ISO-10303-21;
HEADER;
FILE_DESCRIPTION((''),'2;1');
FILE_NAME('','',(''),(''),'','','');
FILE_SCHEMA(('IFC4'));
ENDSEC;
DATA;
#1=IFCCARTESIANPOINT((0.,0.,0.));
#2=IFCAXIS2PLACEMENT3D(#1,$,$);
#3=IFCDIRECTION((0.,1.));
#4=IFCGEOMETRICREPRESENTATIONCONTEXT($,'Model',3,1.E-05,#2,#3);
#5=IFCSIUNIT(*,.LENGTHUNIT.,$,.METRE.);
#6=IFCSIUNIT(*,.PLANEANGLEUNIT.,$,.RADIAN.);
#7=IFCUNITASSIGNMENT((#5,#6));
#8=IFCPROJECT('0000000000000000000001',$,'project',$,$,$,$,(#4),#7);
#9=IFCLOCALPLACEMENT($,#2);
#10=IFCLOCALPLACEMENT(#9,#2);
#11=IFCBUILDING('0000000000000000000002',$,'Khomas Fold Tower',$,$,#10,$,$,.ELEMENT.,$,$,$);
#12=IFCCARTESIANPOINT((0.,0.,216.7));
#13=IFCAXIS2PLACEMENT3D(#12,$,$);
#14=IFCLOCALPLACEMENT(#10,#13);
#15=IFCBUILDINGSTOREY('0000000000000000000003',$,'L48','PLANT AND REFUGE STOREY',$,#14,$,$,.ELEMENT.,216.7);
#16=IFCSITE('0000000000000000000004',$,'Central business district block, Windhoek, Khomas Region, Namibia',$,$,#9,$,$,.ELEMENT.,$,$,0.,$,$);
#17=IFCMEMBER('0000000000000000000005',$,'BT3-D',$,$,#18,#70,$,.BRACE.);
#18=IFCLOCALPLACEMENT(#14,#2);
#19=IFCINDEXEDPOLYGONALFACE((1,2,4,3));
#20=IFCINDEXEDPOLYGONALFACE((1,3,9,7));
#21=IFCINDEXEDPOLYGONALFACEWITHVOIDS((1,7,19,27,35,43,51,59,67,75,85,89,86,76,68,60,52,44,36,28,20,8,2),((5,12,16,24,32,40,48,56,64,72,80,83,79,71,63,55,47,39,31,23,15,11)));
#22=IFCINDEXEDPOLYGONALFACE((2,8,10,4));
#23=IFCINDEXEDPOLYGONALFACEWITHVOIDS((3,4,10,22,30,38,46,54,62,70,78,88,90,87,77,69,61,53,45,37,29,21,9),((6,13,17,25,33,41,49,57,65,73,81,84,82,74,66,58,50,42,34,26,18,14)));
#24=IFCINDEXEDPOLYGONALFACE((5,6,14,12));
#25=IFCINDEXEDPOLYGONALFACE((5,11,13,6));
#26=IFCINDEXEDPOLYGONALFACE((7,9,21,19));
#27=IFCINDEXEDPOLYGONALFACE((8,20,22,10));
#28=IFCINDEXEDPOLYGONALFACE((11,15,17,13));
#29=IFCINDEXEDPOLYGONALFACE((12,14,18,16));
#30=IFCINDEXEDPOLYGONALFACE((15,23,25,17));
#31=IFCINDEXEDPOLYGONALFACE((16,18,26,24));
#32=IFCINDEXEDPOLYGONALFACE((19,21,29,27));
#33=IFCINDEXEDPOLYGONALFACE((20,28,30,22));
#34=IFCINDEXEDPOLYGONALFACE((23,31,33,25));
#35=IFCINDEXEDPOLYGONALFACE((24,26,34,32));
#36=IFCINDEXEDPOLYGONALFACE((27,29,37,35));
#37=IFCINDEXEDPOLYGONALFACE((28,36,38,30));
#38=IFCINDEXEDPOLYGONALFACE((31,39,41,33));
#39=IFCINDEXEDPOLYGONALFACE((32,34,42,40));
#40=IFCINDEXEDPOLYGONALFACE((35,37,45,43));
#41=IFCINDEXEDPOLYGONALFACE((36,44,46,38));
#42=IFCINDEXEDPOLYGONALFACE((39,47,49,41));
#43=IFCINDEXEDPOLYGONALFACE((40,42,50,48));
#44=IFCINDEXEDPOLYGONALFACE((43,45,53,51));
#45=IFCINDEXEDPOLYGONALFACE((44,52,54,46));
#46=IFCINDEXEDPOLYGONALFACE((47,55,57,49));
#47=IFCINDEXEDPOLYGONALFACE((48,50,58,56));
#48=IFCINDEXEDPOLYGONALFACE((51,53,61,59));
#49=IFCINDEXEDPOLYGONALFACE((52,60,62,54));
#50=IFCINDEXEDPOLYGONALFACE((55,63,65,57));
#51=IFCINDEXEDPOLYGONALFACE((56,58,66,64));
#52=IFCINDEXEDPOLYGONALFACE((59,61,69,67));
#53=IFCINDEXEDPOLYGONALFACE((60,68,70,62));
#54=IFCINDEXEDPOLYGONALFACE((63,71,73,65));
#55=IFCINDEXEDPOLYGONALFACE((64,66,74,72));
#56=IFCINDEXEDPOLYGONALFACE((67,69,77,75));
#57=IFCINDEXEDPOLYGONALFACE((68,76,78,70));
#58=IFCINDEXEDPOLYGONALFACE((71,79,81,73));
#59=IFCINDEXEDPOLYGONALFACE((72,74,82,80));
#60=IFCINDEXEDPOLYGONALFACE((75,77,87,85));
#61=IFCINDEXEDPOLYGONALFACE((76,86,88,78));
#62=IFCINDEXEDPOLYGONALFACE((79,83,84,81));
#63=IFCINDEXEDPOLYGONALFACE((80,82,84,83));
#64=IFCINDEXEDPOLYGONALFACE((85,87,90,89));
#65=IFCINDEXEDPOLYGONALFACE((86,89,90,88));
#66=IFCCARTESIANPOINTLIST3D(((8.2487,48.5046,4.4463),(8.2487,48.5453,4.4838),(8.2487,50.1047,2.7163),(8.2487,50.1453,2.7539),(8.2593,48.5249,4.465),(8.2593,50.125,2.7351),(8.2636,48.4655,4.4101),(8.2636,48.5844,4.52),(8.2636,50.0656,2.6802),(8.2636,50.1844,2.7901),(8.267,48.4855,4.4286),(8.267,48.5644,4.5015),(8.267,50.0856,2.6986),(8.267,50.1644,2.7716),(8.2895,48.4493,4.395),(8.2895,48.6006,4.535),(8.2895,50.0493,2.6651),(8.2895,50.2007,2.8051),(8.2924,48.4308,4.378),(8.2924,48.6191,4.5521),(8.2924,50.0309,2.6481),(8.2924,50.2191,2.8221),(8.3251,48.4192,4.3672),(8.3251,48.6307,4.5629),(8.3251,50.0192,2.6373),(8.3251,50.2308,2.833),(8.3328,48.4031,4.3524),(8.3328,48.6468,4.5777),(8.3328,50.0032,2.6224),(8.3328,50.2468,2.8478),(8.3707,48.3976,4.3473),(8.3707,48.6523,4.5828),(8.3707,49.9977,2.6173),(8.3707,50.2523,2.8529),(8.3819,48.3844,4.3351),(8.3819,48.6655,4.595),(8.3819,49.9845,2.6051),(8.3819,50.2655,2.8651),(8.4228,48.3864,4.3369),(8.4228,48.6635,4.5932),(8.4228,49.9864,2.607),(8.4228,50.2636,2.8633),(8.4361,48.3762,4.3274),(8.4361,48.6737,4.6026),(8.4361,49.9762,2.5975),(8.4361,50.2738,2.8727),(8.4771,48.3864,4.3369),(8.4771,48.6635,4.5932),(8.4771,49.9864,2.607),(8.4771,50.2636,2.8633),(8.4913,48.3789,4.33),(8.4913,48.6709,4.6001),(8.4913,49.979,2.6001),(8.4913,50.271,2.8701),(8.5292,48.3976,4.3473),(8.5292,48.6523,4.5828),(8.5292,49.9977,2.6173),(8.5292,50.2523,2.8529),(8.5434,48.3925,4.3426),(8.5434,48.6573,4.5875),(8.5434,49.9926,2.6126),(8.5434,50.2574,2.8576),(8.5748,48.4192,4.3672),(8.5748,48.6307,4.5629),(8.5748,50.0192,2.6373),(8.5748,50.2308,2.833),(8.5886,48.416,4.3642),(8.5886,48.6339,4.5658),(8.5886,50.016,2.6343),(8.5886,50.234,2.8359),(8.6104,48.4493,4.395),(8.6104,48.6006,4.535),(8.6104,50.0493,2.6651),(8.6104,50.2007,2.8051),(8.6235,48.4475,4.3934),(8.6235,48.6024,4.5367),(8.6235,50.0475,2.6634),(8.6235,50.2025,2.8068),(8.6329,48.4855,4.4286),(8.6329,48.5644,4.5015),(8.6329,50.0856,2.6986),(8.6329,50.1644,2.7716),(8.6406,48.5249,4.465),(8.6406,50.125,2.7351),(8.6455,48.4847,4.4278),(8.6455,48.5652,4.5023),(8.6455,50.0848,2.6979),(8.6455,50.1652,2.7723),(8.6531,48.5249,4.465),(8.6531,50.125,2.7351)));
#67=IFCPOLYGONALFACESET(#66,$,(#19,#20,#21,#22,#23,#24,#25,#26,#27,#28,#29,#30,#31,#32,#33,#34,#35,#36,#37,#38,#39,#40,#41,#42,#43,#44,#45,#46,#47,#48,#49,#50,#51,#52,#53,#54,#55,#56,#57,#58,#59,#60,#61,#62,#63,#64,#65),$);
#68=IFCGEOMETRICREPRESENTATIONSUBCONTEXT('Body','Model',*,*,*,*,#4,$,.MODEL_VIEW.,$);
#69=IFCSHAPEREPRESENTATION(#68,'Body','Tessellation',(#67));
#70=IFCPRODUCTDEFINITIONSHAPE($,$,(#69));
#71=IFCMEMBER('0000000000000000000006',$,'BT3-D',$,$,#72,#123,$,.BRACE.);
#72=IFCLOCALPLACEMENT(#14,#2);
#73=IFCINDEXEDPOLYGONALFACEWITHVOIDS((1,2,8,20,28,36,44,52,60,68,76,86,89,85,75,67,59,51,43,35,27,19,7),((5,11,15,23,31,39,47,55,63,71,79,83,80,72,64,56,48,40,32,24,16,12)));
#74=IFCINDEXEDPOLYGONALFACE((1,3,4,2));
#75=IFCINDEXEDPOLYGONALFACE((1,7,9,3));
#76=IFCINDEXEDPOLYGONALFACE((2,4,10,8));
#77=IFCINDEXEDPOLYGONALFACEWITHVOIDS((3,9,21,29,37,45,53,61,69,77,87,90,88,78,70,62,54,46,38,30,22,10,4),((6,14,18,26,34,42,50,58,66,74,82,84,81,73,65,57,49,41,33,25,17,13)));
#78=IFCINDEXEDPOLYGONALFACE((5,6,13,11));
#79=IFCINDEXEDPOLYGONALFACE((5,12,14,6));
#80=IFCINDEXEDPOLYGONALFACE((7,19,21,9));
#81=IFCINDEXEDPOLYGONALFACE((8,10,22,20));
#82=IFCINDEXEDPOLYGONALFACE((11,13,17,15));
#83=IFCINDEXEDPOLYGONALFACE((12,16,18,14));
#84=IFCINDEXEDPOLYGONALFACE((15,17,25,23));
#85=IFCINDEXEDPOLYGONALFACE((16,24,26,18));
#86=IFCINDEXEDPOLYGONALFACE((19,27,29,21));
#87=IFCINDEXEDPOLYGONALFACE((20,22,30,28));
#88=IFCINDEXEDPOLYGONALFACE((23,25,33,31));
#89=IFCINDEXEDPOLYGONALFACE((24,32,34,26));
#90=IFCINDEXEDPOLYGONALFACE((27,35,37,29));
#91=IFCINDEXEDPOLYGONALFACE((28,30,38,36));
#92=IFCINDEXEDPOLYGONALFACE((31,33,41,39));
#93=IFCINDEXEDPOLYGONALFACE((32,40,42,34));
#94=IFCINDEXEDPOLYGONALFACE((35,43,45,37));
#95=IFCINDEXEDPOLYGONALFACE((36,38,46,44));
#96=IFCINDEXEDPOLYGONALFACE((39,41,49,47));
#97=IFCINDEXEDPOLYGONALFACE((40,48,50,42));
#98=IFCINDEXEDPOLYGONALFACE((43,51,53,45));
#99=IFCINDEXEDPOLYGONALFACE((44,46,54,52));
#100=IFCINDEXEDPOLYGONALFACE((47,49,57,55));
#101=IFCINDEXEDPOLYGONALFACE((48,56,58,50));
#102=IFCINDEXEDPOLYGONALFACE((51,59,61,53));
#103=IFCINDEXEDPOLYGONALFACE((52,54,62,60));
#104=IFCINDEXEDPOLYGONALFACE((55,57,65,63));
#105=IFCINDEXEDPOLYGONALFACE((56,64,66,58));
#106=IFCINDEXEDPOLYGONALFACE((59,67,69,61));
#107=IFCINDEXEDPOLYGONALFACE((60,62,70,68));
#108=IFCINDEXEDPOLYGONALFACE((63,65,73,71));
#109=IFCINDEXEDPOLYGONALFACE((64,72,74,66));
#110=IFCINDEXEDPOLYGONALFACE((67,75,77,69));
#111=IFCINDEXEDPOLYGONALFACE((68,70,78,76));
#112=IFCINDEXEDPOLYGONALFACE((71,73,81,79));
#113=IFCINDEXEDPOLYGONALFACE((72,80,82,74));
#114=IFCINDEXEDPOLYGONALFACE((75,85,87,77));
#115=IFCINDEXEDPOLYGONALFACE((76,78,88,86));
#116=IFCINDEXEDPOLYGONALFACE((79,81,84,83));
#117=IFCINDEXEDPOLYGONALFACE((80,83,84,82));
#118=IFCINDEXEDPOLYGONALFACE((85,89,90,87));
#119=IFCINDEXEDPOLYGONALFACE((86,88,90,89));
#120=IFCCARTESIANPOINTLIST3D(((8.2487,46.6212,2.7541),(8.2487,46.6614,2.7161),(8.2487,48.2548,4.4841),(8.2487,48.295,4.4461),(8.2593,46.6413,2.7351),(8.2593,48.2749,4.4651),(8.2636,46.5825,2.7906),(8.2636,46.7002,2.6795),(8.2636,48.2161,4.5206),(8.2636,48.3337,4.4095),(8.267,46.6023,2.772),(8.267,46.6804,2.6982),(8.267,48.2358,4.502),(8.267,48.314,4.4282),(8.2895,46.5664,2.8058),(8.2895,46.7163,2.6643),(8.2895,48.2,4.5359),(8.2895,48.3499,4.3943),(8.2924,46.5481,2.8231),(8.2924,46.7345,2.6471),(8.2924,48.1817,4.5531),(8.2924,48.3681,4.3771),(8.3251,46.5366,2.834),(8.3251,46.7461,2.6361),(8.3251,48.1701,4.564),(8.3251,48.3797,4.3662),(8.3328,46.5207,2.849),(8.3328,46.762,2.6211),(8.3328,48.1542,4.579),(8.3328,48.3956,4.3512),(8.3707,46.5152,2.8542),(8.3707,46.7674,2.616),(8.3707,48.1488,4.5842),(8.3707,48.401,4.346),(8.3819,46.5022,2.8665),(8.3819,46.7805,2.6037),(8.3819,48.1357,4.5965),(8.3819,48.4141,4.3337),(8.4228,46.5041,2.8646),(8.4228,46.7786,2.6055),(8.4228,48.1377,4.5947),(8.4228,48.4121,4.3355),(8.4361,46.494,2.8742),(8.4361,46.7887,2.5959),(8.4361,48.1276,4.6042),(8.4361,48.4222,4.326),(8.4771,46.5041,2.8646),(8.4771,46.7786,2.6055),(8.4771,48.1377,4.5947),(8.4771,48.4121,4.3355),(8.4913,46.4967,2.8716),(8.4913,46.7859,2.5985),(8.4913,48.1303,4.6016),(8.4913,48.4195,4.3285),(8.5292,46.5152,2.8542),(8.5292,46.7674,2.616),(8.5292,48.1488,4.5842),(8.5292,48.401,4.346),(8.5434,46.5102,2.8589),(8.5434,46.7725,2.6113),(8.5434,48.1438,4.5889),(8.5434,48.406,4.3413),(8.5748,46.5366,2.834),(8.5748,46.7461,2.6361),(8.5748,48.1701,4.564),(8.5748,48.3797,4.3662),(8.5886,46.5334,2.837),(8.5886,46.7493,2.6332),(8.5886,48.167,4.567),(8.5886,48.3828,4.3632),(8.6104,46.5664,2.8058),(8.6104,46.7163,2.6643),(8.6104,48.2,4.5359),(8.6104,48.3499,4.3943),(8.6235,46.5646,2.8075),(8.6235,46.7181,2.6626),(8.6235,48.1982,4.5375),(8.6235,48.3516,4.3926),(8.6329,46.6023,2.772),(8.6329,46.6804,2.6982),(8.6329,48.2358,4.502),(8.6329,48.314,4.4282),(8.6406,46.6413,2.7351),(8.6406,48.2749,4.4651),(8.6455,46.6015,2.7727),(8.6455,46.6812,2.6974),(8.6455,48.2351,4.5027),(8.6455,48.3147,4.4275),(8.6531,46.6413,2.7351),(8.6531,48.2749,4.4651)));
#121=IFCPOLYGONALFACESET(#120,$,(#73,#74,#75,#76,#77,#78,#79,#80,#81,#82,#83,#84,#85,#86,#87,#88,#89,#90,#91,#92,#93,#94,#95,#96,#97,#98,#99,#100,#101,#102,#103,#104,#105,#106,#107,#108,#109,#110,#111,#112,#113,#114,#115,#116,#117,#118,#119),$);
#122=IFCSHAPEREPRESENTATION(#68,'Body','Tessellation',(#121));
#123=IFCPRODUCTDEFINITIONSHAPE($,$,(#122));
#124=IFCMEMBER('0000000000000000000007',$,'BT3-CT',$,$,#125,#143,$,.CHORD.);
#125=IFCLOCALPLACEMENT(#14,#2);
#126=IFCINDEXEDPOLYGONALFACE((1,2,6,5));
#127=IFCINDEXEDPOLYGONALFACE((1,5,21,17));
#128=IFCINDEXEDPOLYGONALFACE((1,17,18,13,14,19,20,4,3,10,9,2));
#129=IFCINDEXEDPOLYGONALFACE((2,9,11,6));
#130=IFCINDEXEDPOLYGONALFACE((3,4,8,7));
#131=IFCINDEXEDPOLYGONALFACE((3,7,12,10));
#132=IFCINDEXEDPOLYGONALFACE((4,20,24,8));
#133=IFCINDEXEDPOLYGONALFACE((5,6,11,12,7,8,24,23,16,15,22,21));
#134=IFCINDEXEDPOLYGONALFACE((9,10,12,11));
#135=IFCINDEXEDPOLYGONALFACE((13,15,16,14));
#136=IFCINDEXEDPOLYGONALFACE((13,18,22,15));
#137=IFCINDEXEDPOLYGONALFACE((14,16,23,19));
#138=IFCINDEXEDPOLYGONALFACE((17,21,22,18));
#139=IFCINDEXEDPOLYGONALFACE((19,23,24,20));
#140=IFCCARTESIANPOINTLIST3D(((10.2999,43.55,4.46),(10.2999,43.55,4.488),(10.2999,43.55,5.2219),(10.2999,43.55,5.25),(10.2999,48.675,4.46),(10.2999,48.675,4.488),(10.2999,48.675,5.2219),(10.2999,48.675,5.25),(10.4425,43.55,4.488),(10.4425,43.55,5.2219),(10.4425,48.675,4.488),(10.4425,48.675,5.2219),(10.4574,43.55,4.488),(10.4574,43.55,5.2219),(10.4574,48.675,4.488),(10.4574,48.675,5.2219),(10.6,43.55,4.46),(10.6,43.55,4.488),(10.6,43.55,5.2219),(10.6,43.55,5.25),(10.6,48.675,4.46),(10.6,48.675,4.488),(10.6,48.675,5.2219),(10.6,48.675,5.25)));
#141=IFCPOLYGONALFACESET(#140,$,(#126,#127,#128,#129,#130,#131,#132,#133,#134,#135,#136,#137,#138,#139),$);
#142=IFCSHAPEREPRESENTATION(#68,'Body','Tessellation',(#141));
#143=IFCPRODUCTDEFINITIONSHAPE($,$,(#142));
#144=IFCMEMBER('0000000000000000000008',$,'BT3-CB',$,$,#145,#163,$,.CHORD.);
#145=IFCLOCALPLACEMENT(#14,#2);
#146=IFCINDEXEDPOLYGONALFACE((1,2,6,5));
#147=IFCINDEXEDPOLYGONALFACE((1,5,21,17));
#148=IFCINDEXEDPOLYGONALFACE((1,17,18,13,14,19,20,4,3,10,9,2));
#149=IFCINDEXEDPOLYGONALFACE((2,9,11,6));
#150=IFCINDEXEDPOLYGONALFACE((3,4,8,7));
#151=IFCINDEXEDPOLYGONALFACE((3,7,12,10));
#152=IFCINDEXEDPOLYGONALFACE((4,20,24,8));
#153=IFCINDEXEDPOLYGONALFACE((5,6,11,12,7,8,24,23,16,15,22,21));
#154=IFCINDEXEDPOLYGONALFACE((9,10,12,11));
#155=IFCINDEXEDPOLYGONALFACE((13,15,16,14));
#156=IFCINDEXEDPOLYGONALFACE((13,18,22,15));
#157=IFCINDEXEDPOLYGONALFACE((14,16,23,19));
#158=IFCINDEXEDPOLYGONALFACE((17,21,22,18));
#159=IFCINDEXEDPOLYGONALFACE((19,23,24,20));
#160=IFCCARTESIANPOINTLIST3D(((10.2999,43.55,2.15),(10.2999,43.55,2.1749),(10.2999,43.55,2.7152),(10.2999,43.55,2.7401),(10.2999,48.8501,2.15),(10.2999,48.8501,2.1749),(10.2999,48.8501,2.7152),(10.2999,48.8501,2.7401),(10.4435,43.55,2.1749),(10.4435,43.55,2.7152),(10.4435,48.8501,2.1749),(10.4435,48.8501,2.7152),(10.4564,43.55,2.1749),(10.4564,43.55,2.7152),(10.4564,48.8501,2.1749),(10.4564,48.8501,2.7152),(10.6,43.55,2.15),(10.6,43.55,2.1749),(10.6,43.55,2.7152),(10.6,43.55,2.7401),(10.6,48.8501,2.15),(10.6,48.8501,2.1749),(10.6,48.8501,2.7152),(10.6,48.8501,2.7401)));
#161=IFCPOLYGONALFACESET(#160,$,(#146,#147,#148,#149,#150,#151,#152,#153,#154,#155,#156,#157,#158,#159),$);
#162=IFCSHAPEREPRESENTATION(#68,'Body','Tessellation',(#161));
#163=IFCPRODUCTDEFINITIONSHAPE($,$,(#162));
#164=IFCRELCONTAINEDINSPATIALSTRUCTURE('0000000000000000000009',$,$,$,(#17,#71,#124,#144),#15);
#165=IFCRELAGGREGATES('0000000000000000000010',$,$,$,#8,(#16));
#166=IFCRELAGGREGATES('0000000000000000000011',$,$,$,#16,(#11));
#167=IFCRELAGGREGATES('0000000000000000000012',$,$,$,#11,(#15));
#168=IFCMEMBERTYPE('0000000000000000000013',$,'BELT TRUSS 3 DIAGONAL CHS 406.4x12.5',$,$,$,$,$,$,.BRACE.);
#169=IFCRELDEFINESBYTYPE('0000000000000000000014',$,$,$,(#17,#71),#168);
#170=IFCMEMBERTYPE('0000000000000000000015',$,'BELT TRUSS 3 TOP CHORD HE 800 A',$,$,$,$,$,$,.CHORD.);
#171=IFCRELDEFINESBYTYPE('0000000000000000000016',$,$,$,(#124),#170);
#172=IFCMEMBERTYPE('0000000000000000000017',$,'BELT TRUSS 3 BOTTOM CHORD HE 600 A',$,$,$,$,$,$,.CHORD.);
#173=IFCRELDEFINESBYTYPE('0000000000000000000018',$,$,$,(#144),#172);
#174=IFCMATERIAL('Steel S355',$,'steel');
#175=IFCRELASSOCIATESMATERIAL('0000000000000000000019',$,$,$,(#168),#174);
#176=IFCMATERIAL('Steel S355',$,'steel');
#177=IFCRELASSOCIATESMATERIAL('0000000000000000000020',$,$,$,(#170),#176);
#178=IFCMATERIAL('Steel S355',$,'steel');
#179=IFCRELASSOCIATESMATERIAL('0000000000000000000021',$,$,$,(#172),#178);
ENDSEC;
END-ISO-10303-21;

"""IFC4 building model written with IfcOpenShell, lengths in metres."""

from ifc_helpers import new_model, si_unit, direction, frame, origin, origin_2d, place, context, subcontext, project, spatial, hollow_circle, i_section, extrude, source, transform, mapped, material, material_profile, profile_set, type_object, element, save


model = new_model("IFC4")

# Units and contexts
model_context = context("Model", 3, precision=1e-05, world=origin(), true_north=direction((0.0, 1.0)))
body_context = subcontext(model_context, "Body", "Model", "MODEL_VIEW")
ifc_project = project(units=[si_unit("LENGTHUNIT", "METRE"), si_unit("PLANEANGLEUNIT", "RADIAN")], contexts=[model_context])

# Site, building, storey
site_placement = place(None, origin())
site = spatial("IfcSite", under=ifc_project, at=site_placement, Name="Central business district block, Windhoek, Khomas Region, Namibia", CompositionType="ELEMENT", RefElevation=0.0)
building_placement = place(site_placement, origin())
building = spatial("IfcBuilding", under=site, at=building_placement, Name="Khomas Fold Tower", CompositionType="ELEMENT")
storey_placement = place(building_placement, frame((0.0, 0.0, 216.7)))
storey = spatial("IfcBuildingStorey", under=building, at=storey_placement, Name="L48", Description="PLANT AND REFUGE STOREY", CompositionType="ELEMENT", Elevation=216.7)

# Members
ifc_material_1 = material(Name="Steel S355", Category="steel")
ifc_material_profile_1 = material_profile(ifc_material_1, hollow_circle(Radius=0.2031, WallThickness=0.0125, at=origin_2d()), Name="CHS 406.4x12.5")
ifc_profile_set_1 = profile_set([ifc_material_profile_1], Name="Steel S355")
member_type_1 = type_object("IfcMemberType", Name="BELT TRUSS 3 DIAGONAL CHS 406.4x12.5", PredefinedType="BRACE", material=ifc_profile_set_1)
shared_shape_1 = source(origin(), body_context, "Body", "SweptSolid", [
    extrude(hollow_circle(Radius=0.2031, WallThickness=0.0125, at=origin_2d()), origin(), (0.0, 0.0, 1.0), 2.3564),
])
member_1_placement = place(storey_placement, frame((8.45, 50.125, 2.7351), z_axis=(0.0, -0.679011, 0.734128), x_axis=(1.0, 0.0, 0.0)))
element("IfcMember", 1, at=member_1_placement, inside=storey, type_object=member_type_1, Name="BT3-D", PredefinedType="BRACE", context=body_context, shape_type="MappedRepresentation", body=[
    mapped(shared_shape_1, transform((0.0, 0.0, 0.0))),
])
shared_shape_2 = source(origin(), body_context, "Body", "SweptSolid", [
    extrude(hollow_circle(Radius=0.2031, WallThickness=0.0125, at=origin_2d()), origin(), (0.0, 0.0, 1.0), 2.3794),
])
member_2_placement = place(storey_placement, frame((8.45, 48.2749, 4.4651), z_axis=(0.0, -0.686551, -0.727081), x_axis=(1.0, 0.0, 0.0)))
element("IfcMember", 2, at=member_2_placement, inside=storey, type_object=member_type_1, Name="BT3-D", PredefinedType="BRACE", context=body_context, shape_type="MappedRepresentation", body=[
    mapped(shared_shape_2, transform((0.0, 0.0, 0.0))),
])
ifc_material_2 = material(Name="Steel S355", Category="steel")
ifc_material_profile_2 = material_profile(ifc_material_2, i_section(OverallWidth=0.3, OverallDepth=0.79, WebThickness=0.0149, FlangeThickness=0.0281, at=origin_2d()), Name="HE 800 A")
ifc_profile_set_2 = profile_set([ifc_material_profile_2], Name="Steel S355")
member_type_2 = type_object("IfcMemberType", Name="BELT TRUSS 3 TOP CHORD HE 800 A", PredefinedType="CHORD", material=ifc_profile_set_2)
shared_shape_3 = source(origin(), body_context, "Body", "SweptSolid", [
    extrude(i_section(OverallWidth=0.3, OverallDepth=0.79, WebThickness=0.0149, FlangeThickness=0.0281, at=origin_2d()), origin(), (0.0, 0.0, 1.0), 5.125),
])
member_3_placement = place(storey_placement, frame((10.45, 48.675, 4.855), z_axis=(0.0, -1.0, 0.0), x_axis=(1.0, 0.0, 0.0)))
element("IfcMember", 3, at=member_3_placement, inside=storey, type_object=member_type_2, Name="BT3-CT", PredefinedType="CHORD", context=body_context, shape_type="MappedRepresentation", body=[
    mapped(shared_shape_3, transform((0.0, 0.0, 0.0))),
])
ifc_material_3 = material(Name="Steel S355", Category="steel")
ifc_material_profile_3 = material_profile(ifc_material_3, i_section(OverallWidth=0.3, OverallDepth=0.5901, WebThickness=0.0129, FlangeThickness=0.0249, at=origin_2d()), Name="HE 600 A")
ifc_profile_set_3 = profile_set([ifc_material_profile_3], Name="Steel S355")
member_type_3 = type_object("IfcMemberType", Name="BELT TRUSS 3 BOTTOM CHORD HE 600 A", PredefinedType="CHORD", material=ifc_profile_set_3)
shared_shape_4 = source(origin(), body_context, "Body", "SweptSolid", [
    extrude(i_section(OverallWidth=0.3, OverallDepth=0.5901, WebThickness=0.0129, FlangeThickness=0.0249, at=origin_2d()), origin(), (0.0, 0.0, 1.0), 5.3),
])
member_4_placement = place(storey_placement, frame((10.45, 48.8501, 2.4451), z_axis=(0.0, -1.0, 0.0), x_axis=(1.0, 0.0, 0.0)))
element("IfcMember", 4, at=member_4_placement, inside=storey, type_object=member_type_3, Name="BT3-CB", PredefinedType="CHORD", context=body_context, shape_type="MappedRepresentation", body=[
    mapped(shared_shape_4, transform((0.0, 0.0, 0.0))),
])

save(model, "model.ifc")
